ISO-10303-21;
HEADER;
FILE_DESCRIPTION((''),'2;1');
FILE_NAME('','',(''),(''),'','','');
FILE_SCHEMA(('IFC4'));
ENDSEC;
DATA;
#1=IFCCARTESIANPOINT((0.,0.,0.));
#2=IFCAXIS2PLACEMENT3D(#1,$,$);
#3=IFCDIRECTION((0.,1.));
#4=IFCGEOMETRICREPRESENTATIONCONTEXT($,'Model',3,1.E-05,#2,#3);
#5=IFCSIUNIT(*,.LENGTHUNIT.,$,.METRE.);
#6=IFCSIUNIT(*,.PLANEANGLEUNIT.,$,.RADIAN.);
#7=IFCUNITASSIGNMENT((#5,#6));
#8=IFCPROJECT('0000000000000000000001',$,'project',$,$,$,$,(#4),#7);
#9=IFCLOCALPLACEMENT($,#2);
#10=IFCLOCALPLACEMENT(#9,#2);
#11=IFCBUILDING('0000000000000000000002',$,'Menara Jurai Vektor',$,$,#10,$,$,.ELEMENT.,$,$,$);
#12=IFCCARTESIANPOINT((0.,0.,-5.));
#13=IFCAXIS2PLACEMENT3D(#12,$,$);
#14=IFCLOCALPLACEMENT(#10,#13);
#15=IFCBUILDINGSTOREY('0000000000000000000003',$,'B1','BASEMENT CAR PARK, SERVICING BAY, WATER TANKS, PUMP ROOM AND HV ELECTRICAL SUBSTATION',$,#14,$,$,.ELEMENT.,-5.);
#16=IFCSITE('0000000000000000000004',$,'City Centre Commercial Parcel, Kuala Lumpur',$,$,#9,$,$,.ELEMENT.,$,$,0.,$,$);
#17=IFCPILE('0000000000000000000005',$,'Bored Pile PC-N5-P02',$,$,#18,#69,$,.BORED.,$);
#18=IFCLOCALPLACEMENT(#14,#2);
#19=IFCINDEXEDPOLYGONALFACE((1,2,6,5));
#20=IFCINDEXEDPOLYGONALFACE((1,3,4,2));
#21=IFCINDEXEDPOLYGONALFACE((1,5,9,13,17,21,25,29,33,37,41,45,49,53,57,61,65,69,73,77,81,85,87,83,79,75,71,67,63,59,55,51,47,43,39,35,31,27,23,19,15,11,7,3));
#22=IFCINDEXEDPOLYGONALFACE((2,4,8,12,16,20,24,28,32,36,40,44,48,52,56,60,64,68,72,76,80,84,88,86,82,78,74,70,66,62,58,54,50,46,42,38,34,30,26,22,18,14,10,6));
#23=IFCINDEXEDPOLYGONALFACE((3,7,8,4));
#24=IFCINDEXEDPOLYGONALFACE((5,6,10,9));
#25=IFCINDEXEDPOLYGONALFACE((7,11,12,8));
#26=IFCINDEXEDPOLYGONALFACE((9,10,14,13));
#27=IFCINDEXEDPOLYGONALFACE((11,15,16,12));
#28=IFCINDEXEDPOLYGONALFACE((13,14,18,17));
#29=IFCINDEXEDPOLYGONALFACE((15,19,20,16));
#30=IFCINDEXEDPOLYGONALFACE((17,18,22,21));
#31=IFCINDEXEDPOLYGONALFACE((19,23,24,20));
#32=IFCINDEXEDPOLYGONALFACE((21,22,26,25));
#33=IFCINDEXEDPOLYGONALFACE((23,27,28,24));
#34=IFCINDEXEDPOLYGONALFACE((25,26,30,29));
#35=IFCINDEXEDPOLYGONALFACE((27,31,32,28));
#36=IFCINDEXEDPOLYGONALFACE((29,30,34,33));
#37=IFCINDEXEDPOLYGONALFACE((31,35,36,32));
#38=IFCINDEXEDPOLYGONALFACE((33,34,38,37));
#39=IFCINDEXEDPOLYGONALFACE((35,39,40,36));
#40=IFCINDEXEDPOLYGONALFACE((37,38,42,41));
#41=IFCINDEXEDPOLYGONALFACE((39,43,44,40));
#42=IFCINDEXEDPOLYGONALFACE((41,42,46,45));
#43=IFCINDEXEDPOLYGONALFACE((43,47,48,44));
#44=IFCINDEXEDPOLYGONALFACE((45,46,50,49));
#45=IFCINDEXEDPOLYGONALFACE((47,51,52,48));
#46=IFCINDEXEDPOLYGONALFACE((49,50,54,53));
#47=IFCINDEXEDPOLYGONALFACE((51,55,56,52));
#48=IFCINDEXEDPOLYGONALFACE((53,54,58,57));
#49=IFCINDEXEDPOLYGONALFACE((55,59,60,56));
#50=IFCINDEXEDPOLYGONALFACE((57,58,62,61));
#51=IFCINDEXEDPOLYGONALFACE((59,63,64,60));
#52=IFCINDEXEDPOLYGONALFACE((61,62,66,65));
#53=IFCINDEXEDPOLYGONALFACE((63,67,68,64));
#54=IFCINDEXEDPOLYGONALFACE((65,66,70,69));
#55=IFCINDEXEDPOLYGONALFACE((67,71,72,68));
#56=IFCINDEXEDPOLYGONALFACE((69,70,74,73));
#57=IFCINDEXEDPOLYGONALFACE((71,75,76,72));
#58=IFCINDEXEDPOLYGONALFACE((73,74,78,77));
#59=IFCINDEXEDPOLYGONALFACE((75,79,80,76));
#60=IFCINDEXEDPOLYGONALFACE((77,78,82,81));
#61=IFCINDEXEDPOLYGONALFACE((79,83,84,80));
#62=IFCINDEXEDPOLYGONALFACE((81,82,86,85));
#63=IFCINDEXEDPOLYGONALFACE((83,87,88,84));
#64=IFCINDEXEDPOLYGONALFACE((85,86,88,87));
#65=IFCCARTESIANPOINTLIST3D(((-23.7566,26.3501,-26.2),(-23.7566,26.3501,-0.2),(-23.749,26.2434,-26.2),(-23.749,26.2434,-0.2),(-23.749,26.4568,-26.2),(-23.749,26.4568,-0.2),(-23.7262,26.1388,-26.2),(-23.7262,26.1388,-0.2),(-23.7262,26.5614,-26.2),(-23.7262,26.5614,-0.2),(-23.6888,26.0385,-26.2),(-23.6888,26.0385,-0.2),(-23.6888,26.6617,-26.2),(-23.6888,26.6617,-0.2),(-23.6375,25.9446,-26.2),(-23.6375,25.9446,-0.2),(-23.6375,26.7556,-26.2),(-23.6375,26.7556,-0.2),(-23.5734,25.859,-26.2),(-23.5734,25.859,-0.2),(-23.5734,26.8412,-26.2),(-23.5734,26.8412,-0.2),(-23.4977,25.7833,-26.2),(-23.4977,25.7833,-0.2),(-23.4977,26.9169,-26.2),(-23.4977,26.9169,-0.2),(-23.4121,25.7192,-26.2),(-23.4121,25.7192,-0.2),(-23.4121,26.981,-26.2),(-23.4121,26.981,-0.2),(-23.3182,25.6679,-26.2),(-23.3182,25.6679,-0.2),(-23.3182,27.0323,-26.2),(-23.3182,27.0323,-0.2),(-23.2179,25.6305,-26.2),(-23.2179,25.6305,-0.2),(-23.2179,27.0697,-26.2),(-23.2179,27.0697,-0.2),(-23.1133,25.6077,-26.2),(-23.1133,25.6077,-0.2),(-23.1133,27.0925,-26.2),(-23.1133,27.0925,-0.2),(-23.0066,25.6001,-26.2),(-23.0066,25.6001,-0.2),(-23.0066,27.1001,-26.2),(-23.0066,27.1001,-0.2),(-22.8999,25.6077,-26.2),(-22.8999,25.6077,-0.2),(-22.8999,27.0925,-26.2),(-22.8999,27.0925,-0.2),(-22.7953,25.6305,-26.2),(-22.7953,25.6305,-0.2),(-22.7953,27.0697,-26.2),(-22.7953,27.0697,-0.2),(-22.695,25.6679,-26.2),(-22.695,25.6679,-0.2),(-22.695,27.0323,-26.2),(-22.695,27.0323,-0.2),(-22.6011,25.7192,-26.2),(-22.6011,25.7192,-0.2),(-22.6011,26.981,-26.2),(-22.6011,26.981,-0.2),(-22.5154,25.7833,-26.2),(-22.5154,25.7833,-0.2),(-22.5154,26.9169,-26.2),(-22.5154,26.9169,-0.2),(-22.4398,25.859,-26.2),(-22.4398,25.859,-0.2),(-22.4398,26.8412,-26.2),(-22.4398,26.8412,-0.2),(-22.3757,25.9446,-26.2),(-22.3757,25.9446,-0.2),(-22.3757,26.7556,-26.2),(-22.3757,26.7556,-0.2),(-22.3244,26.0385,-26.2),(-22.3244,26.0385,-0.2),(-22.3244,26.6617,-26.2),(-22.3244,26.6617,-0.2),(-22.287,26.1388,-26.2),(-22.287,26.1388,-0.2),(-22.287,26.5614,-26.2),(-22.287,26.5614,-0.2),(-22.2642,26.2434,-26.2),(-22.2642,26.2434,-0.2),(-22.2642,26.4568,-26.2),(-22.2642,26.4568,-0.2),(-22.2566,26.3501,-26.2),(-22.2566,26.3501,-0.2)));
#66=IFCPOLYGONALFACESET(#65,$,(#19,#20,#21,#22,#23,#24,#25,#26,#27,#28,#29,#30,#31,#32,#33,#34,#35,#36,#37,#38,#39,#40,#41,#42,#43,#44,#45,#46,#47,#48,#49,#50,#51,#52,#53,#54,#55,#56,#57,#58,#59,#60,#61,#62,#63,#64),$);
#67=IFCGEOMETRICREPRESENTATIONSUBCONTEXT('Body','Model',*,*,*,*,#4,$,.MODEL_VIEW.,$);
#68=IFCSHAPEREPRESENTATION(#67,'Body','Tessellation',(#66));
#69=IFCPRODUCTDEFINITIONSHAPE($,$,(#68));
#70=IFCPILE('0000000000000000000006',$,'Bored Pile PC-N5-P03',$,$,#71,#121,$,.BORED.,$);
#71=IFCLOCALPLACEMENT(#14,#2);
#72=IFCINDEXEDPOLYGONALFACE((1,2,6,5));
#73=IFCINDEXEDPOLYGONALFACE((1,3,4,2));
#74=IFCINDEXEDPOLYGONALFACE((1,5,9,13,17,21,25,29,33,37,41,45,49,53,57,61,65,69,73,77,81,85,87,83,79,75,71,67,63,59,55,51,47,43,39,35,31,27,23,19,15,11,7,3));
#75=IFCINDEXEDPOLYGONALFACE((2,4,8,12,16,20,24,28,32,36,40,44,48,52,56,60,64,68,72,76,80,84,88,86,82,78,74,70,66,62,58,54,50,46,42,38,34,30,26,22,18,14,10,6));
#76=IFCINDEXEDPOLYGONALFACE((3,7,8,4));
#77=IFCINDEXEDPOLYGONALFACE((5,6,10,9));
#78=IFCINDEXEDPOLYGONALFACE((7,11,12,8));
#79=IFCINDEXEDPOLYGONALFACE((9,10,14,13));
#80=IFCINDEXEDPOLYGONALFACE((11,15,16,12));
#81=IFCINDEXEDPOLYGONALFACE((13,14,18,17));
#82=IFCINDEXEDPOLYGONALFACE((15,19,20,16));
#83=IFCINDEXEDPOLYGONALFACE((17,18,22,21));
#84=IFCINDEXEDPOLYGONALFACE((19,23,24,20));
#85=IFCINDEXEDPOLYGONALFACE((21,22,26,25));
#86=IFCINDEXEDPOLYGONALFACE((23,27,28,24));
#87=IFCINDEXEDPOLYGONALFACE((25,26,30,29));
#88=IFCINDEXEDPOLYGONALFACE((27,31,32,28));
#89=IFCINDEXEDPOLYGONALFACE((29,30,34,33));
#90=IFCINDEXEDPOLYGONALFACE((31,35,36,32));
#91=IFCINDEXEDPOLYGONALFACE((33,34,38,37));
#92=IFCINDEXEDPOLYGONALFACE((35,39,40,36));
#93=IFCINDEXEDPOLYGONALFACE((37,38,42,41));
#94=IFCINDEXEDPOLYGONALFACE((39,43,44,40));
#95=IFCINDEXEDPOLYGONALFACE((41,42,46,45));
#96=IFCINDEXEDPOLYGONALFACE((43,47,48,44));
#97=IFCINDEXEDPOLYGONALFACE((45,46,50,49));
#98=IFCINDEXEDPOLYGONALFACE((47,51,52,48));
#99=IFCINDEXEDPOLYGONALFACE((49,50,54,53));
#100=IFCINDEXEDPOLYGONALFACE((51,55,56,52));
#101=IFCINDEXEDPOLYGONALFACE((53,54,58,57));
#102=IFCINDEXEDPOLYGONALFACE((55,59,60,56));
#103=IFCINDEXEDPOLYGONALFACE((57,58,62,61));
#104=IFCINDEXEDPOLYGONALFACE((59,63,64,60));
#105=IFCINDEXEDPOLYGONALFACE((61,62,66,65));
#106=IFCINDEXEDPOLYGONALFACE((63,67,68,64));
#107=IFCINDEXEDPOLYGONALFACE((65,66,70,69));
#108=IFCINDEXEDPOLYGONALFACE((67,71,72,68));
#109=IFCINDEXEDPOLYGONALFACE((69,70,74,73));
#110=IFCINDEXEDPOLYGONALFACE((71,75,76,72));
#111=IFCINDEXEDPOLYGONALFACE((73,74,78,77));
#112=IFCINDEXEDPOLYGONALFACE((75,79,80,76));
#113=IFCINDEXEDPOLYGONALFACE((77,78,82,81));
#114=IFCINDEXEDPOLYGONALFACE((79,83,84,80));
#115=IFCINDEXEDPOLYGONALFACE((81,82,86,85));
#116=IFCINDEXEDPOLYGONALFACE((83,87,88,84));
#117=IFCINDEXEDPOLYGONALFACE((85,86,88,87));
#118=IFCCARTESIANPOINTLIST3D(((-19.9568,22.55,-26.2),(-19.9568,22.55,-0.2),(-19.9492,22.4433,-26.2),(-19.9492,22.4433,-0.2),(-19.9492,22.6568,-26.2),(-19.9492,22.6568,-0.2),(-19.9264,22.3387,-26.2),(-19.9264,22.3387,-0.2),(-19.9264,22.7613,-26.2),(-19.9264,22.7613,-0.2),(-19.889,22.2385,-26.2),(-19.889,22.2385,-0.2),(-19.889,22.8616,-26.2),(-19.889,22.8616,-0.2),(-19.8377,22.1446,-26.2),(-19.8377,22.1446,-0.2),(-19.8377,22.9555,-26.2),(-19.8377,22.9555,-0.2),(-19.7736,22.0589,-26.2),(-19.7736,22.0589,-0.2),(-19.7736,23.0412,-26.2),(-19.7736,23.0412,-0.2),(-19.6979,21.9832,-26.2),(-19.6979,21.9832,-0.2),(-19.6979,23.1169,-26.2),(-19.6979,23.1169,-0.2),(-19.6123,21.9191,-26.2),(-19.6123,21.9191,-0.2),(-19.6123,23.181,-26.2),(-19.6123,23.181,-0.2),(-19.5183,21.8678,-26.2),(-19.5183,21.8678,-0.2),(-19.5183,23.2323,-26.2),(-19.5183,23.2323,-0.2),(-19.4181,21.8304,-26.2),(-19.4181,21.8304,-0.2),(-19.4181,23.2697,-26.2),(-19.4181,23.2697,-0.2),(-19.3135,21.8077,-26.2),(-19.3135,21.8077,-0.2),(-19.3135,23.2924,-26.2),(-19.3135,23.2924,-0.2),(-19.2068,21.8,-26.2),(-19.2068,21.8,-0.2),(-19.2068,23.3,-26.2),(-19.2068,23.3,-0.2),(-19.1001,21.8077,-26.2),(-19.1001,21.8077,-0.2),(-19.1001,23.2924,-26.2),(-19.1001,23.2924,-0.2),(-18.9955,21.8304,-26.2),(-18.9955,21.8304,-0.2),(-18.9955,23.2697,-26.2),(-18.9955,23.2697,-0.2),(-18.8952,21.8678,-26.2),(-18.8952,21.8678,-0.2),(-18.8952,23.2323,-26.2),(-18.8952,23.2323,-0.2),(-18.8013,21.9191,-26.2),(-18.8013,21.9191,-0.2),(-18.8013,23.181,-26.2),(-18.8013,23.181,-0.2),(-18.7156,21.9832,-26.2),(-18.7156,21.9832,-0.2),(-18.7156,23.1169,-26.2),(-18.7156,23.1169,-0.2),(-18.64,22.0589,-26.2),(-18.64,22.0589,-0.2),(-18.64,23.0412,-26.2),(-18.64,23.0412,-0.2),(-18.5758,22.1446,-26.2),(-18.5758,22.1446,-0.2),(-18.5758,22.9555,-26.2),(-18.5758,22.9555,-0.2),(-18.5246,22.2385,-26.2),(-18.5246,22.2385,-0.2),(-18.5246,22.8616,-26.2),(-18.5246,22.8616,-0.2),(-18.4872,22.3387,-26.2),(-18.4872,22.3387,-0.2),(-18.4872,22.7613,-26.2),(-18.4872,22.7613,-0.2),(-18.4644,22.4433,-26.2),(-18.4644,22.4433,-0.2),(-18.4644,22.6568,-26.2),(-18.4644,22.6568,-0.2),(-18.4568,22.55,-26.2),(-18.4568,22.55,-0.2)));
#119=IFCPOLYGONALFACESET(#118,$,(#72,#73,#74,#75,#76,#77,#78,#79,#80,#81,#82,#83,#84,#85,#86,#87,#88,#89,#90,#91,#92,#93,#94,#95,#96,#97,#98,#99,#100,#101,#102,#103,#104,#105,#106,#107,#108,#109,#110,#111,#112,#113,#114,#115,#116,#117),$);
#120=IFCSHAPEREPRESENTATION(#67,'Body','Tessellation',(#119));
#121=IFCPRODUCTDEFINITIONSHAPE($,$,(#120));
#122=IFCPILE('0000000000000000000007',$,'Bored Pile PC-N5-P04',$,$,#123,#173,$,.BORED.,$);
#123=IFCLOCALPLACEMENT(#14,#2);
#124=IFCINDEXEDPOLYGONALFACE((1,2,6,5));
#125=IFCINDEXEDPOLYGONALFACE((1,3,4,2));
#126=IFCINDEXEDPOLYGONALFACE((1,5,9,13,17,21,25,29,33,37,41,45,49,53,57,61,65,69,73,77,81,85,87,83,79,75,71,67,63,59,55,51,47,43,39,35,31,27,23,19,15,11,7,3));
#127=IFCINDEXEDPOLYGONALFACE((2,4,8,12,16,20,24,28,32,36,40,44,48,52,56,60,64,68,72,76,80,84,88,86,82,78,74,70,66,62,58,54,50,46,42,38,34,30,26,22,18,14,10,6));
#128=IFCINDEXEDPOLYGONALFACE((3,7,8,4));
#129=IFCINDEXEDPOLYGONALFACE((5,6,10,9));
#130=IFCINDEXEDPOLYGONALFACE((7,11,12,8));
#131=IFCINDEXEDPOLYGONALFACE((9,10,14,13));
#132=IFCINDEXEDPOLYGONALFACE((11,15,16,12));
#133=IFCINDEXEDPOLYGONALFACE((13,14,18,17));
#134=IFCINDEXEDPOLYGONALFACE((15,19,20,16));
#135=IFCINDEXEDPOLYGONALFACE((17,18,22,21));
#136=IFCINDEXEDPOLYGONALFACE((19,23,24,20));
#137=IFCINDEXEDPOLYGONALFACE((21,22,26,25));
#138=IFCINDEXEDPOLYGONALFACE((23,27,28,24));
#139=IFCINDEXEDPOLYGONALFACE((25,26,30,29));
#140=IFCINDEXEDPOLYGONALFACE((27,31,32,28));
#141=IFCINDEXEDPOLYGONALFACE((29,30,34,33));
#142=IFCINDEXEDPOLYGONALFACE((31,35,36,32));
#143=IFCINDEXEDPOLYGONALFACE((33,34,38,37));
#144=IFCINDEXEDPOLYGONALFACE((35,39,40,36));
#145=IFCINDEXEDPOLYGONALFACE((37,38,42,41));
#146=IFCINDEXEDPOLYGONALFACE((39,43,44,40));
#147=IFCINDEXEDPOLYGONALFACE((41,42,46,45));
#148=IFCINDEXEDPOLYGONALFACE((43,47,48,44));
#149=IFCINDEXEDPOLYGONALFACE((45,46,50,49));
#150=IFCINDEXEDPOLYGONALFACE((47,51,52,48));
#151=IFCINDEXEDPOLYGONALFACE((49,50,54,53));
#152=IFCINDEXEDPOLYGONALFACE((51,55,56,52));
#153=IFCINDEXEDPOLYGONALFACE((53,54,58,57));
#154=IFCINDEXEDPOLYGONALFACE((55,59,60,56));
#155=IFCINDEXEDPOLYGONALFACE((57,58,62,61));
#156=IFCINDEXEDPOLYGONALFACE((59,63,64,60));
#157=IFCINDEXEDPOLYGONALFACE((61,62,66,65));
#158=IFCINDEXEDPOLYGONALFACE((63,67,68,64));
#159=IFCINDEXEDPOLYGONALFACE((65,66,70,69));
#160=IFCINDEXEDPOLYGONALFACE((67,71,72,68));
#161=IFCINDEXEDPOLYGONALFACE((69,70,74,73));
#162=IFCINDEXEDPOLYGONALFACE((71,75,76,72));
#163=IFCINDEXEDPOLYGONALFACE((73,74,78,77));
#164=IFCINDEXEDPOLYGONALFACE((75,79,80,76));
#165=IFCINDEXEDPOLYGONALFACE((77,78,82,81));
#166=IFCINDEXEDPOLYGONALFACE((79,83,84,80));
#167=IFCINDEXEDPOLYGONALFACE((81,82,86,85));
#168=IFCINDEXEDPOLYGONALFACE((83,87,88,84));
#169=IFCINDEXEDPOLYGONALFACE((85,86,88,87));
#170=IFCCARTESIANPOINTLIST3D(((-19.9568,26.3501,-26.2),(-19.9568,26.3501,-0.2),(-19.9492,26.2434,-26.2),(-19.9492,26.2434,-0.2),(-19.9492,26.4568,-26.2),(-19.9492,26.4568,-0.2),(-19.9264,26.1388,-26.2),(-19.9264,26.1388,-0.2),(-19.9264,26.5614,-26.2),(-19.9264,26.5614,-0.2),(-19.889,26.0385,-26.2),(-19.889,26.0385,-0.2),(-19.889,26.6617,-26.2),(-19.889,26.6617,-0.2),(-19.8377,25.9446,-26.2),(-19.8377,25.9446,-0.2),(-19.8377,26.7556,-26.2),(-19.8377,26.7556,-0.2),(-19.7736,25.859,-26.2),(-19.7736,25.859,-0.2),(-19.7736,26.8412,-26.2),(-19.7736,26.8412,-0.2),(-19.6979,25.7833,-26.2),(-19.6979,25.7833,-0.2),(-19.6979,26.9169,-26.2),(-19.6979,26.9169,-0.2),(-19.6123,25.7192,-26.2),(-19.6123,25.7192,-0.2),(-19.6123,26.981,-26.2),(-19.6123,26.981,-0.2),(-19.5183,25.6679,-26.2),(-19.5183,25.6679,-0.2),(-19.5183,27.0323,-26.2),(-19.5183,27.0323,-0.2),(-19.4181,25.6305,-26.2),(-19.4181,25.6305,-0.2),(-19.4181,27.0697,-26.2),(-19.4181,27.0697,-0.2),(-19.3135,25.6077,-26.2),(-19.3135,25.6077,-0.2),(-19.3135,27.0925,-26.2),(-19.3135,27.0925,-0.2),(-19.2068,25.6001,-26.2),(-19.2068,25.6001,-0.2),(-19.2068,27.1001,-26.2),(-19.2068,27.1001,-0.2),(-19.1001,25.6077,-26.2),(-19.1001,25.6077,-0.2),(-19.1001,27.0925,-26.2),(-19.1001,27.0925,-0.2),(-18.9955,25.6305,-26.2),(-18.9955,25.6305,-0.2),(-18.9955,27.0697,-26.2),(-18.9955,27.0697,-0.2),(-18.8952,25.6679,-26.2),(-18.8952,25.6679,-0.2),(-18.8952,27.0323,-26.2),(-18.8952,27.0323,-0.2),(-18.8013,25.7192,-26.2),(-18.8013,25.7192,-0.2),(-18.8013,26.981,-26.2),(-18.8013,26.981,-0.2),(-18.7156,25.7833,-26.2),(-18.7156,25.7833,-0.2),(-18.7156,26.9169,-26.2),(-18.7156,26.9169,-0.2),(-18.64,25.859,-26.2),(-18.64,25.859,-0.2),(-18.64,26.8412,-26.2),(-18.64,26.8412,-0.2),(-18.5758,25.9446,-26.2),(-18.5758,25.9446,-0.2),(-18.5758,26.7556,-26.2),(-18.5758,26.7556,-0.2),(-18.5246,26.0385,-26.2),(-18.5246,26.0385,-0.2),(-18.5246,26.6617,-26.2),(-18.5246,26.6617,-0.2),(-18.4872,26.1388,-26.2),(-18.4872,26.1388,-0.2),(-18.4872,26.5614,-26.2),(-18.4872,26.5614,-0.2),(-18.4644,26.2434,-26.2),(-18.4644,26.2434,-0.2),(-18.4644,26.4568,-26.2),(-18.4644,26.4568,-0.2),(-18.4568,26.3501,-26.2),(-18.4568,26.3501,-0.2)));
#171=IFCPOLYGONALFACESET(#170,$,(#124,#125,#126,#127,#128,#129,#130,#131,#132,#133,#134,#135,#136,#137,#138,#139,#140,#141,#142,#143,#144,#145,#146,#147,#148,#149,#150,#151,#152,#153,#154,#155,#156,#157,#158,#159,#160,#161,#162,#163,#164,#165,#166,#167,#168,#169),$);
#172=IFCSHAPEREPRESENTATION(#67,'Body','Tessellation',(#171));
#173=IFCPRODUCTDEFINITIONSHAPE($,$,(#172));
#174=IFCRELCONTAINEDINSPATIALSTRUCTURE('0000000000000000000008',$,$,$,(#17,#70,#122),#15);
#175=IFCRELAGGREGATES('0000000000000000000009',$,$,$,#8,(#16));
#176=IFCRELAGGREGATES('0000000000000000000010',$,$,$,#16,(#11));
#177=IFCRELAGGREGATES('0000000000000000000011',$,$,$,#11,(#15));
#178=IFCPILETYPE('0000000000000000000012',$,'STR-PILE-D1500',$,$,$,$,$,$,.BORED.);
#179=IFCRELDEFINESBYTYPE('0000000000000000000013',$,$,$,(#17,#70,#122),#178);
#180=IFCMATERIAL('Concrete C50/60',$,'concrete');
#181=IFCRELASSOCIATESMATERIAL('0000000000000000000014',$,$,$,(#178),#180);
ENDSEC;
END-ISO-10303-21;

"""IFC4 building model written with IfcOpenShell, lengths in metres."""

from ifc_helpers import new_model, si_unit, direction, frame, origin, origin_2d, place, context, subcontext, project, spatial, circle, extrude, material, material_profile, profile_set, type_object, element, save


model = new_model("IFC4")

# Units and contexts
model_context = context("Model", 3, precision=1e-05, world=origin(), true_north=direction((0.0, 1.0)))
body_context = subcontext(model_context, "Body", "Model", "MODEL_VIEW")
ifc_project = project(units=[si_unit("LENGTHUNIT", "METRE"), si_unit("PLANEANGLEUNIT", "RADIAN")], contexts=[model_context])

# Site, building, storey
site_placement = place(None, origin())
site = spatial("IfcSite", under=ifc_project, at=site_placement, Name="City Centre Commercial Parcel, Kuala Lumpur", CompositionType="ELEMENT", RefElevation=0.0)
building_placement = place(site_placement, origin())
building = spatial("IfcBuilding", under=site, at=building_placement, Name="Menara Jurai Vektor", CompositionType="ELEMENT")
storey_placement = place(building_placement, frame((0.0, 0.0, -5.0)))
storey = spatial("IfcBuildingStorey", under=building, at=storey_placement, Name="B1", Description="BASEMENT CAR PARK, SERVICING BAY, WATER TANKS, PUMP ROOM AND HV ELECTRICAL SUBSTATION", CompositionType="ELEMENT", Elevation=-5.0)

# Shared definitions
ifc_material_1 = material(Name="Concrete C50/60", Category="concrete")

# Piles
ifc_material_profile_1 = material_profile(ifc_material_1, circle(Radius=0.75, at=origin_2d()), Name="PILE D1500")
ifc_profile_set_1 = profile_set([ifc_material_profile_1], Name="Concrete C50/60")
pile_type = type_object("IfcPileType", Name="STR-PILE-D1500", PredefinedType="BORED", material=ifc_profile_set_1)
for number, where, z_axis, x_axis, name in (
    (1, (-23.0066, 26.3501, -0.2), (0.0, 0.0, -1.0), (1.0, 0.0, 0.0), "Bored Pile PC-N5-P02"),
    (2, (-19.2068, 22.55, -0.2), (0.0, 0.0, -1.0), (1.0, 0.0, 0.0), "Bored Pile PC-N5-P03"),
    (3, (-19.2068, 26.3501, -0.2), (0.0, 0.0, -1.0), (1.0, 0.0, 0.0), "Bored Pile PC-N5-P04"),
):
    element("IfcPile", number, at=place(storey_placement, frame(where, z_axis=z_axis, x_axis=x_axis)), inside=storey, type_object=pile_type, Name=name, PredefinedType="BORED", context=body_context, shape_type="SweptSolid", body=[
        extrude(circle(Radius=0.75, at=origin_2d()), origin(), (0.0, 0.0, 1.0), 26.0),
    ])

save(model, "model.ifc")
